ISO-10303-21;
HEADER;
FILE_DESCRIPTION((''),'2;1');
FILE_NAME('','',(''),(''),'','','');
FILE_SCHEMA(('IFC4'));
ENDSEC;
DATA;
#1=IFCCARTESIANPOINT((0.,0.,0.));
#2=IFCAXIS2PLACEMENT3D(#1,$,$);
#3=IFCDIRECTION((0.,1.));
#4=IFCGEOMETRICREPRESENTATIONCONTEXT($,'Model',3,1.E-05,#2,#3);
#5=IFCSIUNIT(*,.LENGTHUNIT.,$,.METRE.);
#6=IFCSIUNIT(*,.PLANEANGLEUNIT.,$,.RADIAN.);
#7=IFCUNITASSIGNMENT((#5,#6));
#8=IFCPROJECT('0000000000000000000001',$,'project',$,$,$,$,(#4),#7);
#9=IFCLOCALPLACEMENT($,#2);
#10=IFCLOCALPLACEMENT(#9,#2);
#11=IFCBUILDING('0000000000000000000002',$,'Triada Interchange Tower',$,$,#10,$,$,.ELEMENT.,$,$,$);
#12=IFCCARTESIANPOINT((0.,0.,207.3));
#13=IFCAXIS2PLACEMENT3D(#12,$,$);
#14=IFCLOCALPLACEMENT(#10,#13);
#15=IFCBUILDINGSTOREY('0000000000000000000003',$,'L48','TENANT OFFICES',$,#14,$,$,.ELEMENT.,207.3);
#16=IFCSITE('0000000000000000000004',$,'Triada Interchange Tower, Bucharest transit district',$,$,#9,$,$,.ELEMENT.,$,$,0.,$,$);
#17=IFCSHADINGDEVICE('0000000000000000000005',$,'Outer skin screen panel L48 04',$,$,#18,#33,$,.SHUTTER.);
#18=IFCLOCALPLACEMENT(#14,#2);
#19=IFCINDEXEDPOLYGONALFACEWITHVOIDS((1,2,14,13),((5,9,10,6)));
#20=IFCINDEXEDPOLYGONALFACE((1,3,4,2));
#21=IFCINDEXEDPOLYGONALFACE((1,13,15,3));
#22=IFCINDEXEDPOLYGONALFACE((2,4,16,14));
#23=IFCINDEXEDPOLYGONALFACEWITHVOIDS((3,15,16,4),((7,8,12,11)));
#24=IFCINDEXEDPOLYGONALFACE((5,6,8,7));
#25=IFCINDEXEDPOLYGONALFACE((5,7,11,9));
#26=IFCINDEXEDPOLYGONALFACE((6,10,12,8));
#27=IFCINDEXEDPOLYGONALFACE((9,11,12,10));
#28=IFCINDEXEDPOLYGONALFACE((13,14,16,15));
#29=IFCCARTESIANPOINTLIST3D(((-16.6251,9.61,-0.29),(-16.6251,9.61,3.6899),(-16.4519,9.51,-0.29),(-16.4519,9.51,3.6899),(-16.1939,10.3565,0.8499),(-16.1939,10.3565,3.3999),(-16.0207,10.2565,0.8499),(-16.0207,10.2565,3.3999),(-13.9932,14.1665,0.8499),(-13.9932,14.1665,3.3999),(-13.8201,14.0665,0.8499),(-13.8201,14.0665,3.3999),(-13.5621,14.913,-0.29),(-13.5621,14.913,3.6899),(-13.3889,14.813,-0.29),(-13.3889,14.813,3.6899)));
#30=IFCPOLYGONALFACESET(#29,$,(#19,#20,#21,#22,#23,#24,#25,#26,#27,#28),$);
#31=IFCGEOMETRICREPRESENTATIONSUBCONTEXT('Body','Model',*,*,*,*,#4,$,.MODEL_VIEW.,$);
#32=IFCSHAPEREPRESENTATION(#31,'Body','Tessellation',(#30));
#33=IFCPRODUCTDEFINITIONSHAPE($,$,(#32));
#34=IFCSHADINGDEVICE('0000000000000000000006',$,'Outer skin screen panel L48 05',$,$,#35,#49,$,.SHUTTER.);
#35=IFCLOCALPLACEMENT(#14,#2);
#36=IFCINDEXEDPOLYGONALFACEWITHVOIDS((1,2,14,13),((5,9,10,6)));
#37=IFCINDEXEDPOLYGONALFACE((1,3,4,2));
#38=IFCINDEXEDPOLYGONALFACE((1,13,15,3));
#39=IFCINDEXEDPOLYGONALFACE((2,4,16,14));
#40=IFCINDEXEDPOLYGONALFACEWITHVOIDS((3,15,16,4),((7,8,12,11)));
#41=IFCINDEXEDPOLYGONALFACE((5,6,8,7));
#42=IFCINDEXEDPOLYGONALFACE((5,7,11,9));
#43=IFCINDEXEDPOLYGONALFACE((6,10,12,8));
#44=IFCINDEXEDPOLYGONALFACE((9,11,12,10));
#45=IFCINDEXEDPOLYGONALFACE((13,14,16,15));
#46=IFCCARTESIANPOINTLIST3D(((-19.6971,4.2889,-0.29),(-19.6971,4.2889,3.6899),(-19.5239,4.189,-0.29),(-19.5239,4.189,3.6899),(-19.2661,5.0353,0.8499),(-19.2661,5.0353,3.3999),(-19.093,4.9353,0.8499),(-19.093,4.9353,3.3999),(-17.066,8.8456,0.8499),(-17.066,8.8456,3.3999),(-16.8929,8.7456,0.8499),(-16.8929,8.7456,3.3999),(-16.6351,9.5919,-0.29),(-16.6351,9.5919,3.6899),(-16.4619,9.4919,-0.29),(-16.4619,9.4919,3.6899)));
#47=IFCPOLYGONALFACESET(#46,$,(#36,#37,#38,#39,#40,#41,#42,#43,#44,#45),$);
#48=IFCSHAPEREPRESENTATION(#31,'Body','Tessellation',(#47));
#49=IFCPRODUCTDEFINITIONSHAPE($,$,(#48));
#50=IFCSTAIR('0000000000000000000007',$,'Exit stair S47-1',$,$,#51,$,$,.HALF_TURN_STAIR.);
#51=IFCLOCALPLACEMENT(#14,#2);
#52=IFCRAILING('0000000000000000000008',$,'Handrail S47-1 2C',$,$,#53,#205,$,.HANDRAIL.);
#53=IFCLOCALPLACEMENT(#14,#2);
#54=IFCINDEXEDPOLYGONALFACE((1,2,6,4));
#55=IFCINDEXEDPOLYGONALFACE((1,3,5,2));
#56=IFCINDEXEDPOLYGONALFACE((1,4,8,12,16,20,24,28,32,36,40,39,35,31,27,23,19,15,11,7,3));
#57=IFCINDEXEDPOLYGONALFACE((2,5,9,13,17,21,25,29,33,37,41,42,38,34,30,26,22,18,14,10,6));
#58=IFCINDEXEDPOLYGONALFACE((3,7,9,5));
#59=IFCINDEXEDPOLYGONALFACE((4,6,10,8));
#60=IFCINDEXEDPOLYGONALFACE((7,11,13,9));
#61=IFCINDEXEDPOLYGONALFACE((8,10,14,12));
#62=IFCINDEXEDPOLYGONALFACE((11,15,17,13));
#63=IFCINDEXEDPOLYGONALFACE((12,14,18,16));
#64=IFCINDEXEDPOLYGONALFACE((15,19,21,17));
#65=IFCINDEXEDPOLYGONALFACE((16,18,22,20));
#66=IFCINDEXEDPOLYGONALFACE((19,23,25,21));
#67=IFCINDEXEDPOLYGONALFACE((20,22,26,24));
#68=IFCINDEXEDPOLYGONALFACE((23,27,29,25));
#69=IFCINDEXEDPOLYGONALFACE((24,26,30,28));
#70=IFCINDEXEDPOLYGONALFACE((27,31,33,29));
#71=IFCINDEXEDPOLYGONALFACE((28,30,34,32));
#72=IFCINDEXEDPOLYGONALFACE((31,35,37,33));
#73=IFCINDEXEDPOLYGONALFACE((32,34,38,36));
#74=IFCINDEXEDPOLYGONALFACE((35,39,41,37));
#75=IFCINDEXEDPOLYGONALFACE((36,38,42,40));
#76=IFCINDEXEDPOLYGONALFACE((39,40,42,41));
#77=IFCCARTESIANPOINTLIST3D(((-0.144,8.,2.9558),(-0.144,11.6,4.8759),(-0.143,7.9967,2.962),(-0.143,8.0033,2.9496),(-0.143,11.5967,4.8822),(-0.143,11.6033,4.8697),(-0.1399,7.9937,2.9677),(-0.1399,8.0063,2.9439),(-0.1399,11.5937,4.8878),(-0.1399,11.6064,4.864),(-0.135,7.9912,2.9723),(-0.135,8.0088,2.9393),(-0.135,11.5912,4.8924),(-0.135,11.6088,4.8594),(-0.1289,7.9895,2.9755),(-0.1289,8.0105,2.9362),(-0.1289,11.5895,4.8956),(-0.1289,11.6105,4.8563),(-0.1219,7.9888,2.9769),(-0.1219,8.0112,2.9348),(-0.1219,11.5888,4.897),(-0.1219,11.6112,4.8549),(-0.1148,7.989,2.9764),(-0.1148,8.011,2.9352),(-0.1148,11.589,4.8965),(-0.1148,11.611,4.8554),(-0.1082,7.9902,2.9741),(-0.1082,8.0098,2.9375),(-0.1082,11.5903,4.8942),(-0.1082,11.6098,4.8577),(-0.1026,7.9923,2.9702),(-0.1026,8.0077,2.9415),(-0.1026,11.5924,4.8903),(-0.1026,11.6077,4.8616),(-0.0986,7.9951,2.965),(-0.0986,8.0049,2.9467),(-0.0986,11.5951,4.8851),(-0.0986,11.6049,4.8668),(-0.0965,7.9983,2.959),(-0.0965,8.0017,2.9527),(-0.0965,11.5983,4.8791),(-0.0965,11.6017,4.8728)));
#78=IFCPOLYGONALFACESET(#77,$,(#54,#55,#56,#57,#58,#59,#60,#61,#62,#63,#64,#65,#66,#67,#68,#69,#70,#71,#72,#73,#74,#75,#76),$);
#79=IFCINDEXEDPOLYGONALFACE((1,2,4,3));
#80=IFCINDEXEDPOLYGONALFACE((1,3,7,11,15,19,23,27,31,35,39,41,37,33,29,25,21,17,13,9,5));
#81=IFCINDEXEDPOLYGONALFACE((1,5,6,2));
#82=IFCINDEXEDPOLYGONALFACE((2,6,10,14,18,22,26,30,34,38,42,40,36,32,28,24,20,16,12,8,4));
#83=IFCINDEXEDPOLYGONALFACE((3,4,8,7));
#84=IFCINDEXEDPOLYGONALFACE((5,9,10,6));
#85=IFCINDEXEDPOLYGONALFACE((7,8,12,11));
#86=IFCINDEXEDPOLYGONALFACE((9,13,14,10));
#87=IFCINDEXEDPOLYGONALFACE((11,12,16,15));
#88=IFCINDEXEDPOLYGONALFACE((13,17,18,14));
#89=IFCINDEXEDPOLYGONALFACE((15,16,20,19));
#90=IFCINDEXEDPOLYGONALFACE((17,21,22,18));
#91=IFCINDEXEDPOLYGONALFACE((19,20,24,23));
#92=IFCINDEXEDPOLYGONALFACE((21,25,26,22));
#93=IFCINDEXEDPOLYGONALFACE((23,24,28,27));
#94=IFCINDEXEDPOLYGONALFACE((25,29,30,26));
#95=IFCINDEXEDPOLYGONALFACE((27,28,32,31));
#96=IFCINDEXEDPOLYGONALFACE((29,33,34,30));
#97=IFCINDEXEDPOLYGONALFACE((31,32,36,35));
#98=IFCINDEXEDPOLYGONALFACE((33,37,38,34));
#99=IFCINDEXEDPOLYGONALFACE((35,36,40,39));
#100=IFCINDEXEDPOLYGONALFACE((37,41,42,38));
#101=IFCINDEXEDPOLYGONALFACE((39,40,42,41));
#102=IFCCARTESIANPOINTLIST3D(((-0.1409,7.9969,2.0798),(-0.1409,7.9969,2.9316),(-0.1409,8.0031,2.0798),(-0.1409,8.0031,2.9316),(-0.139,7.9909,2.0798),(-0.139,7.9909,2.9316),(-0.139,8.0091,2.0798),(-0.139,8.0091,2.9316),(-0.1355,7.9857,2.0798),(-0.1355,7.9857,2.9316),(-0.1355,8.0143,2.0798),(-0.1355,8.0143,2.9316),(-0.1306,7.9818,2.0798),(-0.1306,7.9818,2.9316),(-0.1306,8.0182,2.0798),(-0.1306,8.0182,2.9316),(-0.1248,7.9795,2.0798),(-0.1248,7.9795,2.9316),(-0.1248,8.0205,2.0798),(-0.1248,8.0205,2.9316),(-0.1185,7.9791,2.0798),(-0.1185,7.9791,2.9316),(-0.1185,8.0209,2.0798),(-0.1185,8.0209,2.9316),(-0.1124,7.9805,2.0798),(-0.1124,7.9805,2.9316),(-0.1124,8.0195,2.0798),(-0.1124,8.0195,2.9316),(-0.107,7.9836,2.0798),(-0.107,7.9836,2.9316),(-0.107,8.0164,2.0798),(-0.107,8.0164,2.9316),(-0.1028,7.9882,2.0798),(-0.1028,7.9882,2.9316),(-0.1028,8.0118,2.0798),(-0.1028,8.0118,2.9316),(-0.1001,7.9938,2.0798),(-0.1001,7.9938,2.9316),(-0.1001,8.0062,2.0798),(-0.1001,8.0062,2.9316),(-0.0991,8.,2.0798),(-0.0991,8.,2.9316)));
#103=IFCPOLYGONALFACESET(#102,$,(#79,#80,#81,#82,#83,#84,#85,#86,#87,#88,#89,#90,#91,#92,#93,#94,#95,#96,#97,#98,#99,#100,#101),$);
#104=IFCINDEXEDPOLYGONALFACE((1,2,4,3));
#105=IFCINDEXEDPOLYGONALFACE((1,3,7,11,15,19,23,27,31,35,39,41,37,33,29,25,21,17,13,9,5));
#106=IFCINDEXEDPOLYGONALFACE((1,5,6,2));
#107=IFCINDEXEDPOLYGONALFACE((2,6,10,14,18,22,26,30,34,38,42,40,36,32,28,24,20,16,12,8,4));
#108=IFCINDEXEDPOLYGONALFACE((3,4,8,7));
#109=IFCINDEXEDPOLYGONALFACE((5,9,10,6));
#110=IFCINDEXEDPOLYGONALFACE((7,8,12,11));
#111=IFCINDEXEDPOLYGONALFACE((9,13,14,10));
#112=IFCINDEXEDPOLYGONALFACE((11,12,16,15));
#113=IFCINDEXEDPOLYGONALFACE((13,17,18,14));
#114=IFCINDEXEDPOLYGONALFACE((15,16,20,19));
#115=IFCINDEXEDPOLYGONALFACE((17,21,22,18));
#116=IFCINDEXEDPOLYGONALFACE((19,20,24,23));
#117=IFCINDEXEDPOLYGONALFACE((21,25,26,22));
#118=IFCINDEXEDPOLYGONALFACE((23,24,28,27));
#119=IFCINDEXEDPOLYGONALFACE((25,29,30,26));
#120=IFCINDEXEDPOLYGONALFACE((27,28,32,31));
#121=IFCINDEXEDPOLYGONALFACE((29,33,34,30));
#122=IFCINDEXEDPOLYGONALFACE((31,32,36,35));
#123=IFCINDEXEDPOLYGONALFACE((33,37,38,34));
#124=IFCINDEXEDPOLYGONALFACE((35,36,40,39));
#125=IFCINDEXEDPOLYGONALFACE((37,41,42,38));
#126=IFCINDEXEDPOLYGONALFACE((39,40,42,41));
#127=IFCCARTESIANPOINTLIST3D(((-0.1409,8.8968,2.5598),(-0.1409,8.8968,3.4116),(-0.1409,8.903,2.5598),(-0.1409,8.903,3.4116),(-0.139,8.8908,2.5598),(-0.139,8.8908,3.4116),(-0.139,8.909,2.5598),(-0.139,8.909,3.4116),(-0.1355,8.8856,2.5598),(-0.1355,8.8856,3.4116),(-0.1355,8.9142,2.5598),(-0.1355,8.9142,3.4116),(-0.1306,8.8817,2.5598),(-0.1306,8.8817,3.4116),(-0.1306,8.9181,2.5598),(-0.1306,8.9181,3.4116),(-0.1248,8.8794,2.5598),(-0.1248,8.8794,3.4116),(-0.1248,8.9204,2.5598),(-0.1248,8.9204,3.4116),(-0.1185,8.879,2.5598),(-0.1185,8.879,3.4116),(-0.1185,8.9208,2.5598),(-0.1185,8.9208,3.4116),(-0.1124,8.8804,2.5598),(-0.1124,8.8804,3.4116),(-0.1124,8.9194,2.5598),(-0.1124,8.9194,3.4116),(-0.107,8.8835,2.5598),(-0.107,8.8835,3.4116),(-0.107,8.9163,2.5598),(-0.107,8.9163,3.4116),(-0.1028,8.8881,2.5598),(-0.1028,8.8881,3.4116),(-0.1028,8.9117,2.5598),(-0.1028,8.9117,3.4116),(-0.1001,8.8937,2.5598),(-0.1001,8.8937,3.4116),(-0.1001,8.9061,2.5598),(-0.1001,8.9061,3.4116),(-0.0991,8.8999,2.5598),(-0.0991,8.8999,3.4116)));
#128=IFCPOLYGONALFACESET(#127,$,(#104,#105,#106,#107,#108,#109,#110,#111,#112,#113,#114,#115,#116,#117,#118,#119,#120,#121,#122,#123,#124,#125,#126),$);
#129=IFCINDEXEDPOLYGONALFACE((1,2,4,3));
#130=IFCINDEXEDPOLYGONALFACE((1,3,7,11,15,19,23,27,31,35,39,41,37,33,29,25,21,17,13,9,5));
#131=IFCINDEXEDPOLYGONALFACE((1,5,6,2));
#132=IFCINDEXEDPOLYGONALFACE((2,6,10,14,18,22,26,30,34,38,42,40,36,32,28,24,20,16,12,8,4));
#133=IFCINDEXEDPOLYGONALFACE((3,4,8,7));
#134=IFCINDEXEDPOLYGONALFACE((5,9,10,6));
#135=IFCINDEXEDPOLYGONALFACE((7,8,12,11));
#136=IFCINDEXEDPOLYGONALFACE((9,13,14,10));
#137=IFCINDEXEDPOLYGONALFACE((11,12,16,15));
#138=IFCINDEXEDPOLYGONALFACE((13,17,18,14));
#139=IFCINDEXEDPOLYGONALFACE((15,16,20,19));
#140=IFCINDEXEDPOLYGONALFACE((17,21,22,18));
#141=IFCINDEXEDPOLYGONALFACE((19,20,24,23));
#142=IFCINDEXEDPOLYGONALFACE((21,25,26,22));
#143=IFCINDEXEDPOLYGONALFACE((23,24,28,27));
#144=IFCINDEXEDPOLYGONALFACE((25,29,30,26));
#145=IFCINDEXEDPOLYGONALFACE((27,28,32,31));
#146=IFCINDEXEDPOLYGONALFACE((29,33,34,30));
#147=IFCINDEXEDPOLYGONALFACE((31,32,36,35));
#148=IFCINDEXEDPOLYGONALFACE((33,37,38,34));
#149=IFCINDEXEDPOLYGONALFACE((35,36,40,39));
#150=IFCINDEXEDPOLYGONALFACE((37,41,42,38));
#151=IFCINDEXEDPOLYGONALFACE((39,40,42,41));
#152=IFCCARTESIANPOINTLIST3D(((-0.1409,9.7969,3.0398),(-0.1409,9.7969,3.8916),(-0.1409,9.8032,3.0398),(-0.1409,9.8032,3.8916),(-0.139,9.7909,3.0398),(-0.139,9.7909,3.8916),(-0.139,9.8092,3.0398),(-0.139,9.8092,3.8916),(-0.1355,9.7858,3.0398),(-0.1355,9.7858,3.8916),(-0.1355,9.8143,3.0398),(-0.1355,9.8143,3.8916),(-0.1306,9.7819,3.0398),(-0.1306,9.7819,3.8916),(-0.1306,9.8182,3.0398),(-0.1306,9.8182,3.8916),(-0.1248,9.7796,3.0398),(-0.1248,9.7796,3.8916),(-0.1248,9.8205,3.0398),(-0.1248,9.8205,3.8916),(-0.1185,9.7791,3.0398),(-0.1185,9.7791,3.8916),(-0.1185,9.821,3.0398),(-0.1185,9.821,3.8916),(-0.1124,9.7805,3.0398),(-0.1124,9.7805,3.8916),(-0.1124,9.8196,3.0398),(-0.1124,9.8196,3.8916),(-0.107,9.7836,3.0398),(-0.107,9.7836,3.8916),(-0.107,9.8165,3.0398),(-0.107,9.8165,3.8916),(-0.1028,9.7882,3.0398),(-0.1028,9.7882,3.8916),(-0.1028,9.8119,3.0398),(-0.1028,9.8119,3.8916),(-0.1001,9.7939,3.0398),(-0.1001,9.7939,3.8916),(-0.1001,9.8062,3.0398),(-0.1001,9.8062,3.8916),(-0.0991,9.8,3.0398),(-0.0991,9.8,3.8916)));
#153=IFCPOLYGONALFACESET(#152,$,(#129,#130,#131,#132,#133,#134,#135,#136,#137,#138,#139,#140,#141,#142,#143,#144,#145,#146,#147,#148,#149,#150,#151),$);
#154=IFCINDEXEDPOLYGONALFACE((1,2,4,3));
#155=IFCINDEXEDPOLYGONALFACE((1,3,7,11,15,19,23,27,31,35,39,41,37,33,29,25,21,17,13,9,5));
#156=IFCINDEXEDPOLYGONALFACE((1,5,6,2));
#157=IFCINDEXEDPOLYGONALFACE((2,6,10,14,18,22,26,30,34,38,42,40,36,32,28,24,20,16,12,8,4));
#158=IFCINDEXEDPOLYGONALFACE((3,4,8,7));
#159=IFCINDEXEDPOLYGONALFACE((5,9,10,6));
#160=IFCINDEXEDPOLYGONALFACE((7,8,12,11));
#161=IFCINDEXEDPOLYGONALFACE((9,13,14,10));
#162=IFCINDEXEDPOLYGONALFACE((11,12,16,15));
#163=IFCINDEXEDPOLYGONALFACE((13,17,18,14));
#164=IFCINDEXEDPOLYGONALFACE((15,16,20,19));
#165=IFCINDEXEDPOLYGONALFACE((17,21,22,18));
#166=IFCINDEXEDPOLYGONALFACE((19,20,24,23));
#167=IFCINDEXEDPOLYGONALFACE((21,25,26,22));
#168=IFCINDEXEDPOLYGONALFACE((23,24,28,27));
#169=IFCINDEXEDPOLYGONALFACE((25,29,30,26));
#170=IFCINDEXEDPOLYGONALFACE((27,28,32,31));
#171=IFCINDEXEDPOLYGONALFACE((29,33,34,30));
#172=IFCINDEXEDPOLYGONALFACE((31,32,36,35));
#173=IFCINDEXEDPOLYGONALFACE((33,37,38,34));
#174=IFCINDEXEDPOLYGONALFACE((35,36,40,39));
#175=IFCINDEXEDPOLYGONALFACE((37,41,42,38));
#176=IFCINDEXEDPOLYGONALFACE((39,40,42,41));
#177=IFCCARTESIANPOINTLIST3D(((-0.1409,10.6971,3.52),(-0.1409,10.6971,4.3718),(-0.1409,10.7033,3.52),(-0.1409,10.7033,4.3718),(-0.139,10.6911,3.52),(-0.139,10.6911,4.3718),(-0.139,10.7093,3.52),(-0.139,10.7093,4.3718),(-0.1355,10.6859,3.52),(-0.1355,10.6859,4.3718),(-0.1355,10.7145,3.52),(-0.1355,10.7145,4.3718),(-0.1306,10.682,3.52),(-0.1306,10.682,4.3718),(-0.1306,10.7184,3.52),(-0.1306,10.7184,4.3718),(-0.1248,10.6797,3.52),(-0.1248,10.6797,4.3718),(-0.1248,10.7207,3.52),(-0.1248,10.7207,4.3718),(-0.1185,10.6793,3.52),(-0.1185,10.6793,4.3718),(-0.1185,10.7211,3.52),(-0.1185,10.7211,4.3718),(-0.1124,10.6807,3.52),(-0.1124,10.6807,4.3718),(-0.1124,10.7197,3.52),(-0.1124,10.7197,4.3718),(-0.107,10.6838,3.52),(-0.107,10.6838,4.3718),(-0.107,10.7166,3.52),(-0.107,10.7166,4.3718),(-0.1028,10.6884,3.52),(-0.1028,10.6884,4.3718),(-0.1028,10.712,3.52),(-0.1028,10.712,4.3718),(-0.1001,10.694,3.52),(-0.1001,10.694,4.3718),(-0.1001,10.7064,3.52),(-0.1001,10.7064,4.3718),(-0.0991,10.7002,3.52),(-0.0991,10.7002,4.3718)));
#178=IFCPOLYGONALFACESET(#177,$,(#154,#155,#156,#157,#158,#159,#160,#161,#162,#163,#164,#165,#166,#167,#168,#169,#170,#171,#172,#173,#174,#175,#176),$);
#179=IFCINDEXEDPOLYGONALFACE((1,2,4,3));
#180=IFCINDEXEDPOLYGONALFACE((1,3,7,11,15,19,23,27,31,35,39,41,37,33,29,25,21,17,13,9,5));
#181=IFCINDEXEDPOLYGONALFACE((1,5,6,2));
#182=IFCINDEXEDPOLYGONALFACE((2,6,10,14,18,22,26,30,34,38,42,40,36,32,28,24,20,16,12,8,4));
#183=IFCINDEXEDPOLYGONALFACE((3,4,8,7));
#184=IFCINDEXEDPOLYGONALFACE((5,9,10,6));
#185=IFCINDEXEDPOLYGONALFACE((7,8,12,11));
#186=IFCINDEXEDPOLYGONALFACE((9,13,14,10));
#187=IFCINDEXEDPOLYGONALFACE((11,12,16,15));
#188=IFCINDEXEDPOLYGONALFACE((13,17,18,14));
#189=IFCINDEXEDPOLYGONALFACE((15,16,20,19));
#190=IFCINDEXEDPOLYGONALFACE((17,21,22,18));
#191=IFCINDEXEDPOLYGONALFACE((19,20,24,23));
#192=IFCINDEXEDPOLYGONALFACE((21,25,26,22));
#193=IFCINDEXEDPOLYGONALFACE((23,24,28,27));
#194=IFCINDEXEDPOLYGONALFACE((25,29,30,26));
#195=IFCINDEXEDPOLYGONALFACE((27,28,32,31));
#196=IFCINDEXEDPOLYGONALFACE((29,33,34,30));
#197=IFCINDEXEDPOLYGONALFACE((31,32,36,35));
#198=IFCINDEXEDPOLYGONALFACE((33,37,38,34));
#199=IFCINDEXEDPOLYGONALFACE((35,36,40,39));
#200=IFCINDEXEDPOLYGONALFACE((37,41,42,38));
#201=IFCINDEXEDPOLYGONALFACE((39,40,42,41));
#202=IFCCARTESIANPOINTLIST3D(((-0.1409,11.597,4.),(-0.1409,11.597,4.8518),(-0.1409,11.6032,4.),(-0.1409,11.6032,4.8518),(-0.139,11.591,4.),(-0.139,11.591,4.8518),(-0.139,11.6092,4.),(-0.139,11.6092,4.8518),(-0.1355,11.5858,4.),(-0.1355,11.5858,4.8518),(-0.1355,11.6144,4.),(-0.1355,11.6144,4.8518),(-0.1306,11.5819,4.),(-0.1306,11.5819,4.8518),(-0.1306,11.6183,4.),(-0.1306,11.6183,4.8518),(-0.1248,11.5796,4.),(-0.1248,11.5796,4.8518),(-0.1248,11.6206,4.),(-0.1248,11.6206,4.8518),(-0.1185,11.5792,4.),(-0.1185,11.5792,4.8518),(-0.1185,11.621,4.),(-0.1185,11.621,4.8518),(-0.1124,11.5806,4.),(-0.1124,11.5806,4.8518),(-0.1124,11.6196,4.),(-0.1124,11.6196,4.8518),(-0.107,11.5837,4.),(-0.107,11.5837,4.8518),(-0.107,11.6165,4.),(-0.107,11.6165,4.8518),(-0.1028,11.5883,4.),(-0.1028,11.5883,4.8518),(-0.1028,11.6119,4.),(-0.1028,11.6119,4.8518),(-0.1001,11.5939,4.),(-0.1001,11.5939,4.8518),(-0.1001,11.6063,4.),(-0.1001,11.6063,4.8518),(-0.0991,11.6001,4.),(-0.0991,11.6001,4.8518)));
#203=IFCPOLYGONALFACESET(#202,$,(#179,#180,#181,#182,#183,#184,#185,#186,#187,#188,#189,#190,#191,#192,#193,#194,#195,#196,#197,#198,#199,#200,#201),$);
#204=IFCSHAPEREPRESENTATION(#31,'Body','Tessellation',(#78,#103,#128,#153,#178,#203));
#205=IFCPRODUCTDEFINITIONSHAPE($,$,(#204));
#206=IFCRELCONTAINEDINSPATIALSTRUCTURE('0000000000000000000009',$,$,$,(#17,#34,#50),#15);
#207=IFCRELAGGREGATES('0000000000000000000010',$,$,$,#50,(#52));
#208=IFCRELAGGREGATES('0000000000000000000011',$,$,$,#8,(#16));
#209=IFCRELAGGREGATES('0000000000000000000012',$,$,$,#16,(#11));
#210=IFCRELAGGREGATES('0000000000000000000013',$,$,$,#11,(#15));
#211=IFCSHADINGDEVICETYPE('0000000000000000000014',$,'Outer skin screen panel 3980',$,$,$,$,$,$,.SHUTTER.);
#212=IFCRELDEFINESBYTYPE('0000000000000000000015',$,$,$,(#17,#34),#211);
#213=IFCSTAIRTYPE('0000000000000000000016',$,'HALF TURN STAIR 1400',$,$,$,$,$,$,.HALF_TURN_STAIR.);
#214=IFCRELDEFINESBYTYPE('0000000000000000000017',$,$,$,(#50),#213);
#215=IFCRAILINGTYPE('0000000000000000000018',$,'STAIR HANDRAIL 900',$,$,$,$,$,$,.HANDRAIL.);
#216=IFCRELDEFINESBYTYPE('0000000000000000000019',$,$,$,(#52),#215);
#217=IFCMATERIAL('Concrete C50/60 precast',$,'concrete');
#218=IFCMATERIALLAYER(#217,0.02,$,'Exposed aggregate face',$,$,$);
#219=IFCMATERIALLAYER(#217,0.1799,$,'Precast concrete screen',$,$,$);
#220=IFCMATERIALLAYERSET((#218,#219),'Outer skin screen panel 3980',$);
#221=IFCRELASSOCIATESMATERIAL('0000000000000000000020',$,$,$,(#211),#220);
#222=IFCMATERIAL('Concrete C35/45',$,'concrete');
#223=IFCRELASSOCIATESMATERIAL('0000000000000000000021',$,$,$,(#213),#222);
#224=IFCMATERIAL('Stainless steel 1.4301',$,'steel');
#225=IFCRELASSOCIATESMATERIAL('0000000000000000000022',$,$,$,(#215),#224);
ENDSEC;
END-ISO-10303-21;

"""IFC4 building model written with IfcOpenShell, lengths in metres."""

from ifc_helpers import new_model, si_unit, direction, frame, origin, origin_2d, place, context, subcontext, project, spatial, polyline, circle, outline, extrude, material, layer, layer_set, type_object, element, aggregate, save


model = new_model("IFC4")

# Units and contexts
model_context = context("Model", 3, precision=1e-05, world=origin(), true_north=direction((0.0, 1.0)))
body_context = subcontext(model_context, "Body", "Model", "MODEL_VIEW")
ifc_project = project(units=[si_unit("LENGTHUNIT", "METRE"), si_unit("PLANEANGLEUNIT", "RADIAN")], contexts=[model_context])

# Site, building, storey
site_placement = place(None, origin())
site = spatial("IfcSite", under=ifc_project, at=site_placement, Name="Triada Interchange Tower, Bucharest transit district", CompositionType="ELEMENT", RefElevation=0.0)
building_placement = place(site_placement, origin())
building = spatial("IfcBuilding", under=site, at=building_placement, Name="Triada Interchange Tower", CompositionType="ELEMENT")
storey_placement = place(building_placement, frame((0.0, 0.0, 207.3)))
storey = spatial("IfcBuildingStorey", under=building, at=storey_placement, Name="L48", Description="TENANT OFFICES", CompositionType="ELEMENT", Elevation=207.3)

# Shading devices
ifc_material_1 = material(Name="Concrete C50/60 precast", Category="concrete")
ifc_layer_1 = layer(ifc_material_1, 0.02, Name="Exposed aggregate face")
ifc_layer_2 = layer(ifc_material_1, 0.1799, Name="Precast concrete screen")
ifc_layer_set_1 = layer_set([ifc_layer_1, ifc_layer_2], Name="Outer skin screen panel 3980")
shading_device_type = type_object("IfcShadingDeviceType", Name="Outer skin screen panel 3980", PredefinedType="SHUTTER", material=ifc_layer_set_1)
shading_device_1_placement = place(storey_placement, frame((-13.3889, 14.813, -0.29), z_axis=(0.0, 0.0, 1.0), x_axis=(-0.500161, -0.865933, 0.0)))
element("IfcShadingDevice", 1, at=shading_device_1_placement, inside=storey, type_object=shading_device_type, Name="Outer skin screen panel L48 04", PredefinedType="SHUTTER", context=body_context, shape_type="SweptSolid", body=[
    extrude(outline(polyline([(0.0, 0.0), (6.124, 0.0), (6.124, 3.98), (0.0, 3.98), (0.0, 0.0)]), holes=[polyline([(0.8621, 1.1399), (0.8621, 3.6899), (5.262, 3.6899), (5.262, 1.1399), (0.8621, 1.1399)])]), frame((0.0, 0.0, 0.0), z_axis=(0.0, -1.0, 0.0), x_axis=(1.0, 0.0, 0.0)), (0.0, 0.0, 1.0), 0.2),
])
shading_device_2_placement = place(storey_placement, frame((-16.4619, 9.4919, -0.29), z_axis=(0.0, 0.0, 1.0), x_axis=(-0.500041, -0.866002, 0.0)))
element("IfcShadingDevice", 2, at=shading_device_2_placement, inside=storey, type_object=shading_device_type, Name="Outer skin screen panel L48 05", PredefinedType="SHUTTER", context=body_context, shape_type="SweptSolid", body=[
    extrude(outline(polyline([(0.0, 0.0), (6.1235, 0.0), (6.1235, 3.98), (0.0, 3.98), (0.0, 0.0)]), holes=[polyline([(0.8618, 1.1399), (0.8618, 3.6899), (5.2617, 3.6899), (5.2617, 1.1399), (0.8618, 1.1399)])]), frame((0.0, 0.0, 0.0), z_axis=(0.0, -1.0, 0.0), x_axis=(1.0, 0.0, 0.0)), (0.0, 0.0, 1.0), 0.2),
])

# Stair, railing
ifc_material_2 = material(Name="Concrete C35/45", Category="concrete")
stair_type = type_object("IfcStairType", Name="HALF TURN STAIR 1400", PredefinedType="HALF_TURN_STAIR", material=ifc_material_2)
stair_placement = place(storey_placement, origin())
stair = element("IfcStair", 3, at=stair_placement, inside=storey, type_object=stair_type, Name="Exit stair S47-1", PredefinedType="HALF_TURN_STAIR")
ifc_material_3 = material(Name="Stainless steel 1.4301", Category="steel")
railing_type = type_object("IfcRailingType", Name="STAIR HANDRAIL 900", PredefinedType="HANDRAIL", material=ifc_material_3)
railing_placement = place(storey_placement, frame((-0.1201, 8.0, 2.0798)))
railing = element("IfcRailing", 4, at=railing_placement, type_object=railing_type, Name="Handrail S47-1 2C", PredefinedType="HANDRAIL", context=body_context, shape_type="SweptSolid", body=[
    extrude(circle(Radius=0.0239, at=origin_2d()), frame((0.0, 0.0, 0.876), z_axis=(0.0, 0.882341, 0.47061), x_axis=(-1.0, 0.0, 0.0)), (0.0, 0.0, 1.0), 4.0801),
    extrude(circle(Radius=0.021, at=origin_2d()), origin(), (0.0, 0.0, 1.0), 0.8518),
    extrude(circle(Radius=0.021, at=origin_2d()), frame((0.0, 0.8999, 0.48)), (0.0, 0.0, 1.0), 0.8518),
    extrude(circle(Radius=0.021, at=origin_2d()), frame((0.0, 1.8, 0.96)), (0.0, 0.0, 1.0), 0.8518),
    extrude(circle(Radius=0.021, at=origin_2d()), frame((0.0, 2.7002, 1.4402)), (0.0, 0.0, 1.0), 0.8518),
    extrude(circle(Radius=0.021, at=origin_2d()), frame((0.0, 3.6001, 1.9202)), (0.0, 0.0, 1.0), 0.8518),
])
aggregate(stair, [railing])

save(model, "model.ifc")
